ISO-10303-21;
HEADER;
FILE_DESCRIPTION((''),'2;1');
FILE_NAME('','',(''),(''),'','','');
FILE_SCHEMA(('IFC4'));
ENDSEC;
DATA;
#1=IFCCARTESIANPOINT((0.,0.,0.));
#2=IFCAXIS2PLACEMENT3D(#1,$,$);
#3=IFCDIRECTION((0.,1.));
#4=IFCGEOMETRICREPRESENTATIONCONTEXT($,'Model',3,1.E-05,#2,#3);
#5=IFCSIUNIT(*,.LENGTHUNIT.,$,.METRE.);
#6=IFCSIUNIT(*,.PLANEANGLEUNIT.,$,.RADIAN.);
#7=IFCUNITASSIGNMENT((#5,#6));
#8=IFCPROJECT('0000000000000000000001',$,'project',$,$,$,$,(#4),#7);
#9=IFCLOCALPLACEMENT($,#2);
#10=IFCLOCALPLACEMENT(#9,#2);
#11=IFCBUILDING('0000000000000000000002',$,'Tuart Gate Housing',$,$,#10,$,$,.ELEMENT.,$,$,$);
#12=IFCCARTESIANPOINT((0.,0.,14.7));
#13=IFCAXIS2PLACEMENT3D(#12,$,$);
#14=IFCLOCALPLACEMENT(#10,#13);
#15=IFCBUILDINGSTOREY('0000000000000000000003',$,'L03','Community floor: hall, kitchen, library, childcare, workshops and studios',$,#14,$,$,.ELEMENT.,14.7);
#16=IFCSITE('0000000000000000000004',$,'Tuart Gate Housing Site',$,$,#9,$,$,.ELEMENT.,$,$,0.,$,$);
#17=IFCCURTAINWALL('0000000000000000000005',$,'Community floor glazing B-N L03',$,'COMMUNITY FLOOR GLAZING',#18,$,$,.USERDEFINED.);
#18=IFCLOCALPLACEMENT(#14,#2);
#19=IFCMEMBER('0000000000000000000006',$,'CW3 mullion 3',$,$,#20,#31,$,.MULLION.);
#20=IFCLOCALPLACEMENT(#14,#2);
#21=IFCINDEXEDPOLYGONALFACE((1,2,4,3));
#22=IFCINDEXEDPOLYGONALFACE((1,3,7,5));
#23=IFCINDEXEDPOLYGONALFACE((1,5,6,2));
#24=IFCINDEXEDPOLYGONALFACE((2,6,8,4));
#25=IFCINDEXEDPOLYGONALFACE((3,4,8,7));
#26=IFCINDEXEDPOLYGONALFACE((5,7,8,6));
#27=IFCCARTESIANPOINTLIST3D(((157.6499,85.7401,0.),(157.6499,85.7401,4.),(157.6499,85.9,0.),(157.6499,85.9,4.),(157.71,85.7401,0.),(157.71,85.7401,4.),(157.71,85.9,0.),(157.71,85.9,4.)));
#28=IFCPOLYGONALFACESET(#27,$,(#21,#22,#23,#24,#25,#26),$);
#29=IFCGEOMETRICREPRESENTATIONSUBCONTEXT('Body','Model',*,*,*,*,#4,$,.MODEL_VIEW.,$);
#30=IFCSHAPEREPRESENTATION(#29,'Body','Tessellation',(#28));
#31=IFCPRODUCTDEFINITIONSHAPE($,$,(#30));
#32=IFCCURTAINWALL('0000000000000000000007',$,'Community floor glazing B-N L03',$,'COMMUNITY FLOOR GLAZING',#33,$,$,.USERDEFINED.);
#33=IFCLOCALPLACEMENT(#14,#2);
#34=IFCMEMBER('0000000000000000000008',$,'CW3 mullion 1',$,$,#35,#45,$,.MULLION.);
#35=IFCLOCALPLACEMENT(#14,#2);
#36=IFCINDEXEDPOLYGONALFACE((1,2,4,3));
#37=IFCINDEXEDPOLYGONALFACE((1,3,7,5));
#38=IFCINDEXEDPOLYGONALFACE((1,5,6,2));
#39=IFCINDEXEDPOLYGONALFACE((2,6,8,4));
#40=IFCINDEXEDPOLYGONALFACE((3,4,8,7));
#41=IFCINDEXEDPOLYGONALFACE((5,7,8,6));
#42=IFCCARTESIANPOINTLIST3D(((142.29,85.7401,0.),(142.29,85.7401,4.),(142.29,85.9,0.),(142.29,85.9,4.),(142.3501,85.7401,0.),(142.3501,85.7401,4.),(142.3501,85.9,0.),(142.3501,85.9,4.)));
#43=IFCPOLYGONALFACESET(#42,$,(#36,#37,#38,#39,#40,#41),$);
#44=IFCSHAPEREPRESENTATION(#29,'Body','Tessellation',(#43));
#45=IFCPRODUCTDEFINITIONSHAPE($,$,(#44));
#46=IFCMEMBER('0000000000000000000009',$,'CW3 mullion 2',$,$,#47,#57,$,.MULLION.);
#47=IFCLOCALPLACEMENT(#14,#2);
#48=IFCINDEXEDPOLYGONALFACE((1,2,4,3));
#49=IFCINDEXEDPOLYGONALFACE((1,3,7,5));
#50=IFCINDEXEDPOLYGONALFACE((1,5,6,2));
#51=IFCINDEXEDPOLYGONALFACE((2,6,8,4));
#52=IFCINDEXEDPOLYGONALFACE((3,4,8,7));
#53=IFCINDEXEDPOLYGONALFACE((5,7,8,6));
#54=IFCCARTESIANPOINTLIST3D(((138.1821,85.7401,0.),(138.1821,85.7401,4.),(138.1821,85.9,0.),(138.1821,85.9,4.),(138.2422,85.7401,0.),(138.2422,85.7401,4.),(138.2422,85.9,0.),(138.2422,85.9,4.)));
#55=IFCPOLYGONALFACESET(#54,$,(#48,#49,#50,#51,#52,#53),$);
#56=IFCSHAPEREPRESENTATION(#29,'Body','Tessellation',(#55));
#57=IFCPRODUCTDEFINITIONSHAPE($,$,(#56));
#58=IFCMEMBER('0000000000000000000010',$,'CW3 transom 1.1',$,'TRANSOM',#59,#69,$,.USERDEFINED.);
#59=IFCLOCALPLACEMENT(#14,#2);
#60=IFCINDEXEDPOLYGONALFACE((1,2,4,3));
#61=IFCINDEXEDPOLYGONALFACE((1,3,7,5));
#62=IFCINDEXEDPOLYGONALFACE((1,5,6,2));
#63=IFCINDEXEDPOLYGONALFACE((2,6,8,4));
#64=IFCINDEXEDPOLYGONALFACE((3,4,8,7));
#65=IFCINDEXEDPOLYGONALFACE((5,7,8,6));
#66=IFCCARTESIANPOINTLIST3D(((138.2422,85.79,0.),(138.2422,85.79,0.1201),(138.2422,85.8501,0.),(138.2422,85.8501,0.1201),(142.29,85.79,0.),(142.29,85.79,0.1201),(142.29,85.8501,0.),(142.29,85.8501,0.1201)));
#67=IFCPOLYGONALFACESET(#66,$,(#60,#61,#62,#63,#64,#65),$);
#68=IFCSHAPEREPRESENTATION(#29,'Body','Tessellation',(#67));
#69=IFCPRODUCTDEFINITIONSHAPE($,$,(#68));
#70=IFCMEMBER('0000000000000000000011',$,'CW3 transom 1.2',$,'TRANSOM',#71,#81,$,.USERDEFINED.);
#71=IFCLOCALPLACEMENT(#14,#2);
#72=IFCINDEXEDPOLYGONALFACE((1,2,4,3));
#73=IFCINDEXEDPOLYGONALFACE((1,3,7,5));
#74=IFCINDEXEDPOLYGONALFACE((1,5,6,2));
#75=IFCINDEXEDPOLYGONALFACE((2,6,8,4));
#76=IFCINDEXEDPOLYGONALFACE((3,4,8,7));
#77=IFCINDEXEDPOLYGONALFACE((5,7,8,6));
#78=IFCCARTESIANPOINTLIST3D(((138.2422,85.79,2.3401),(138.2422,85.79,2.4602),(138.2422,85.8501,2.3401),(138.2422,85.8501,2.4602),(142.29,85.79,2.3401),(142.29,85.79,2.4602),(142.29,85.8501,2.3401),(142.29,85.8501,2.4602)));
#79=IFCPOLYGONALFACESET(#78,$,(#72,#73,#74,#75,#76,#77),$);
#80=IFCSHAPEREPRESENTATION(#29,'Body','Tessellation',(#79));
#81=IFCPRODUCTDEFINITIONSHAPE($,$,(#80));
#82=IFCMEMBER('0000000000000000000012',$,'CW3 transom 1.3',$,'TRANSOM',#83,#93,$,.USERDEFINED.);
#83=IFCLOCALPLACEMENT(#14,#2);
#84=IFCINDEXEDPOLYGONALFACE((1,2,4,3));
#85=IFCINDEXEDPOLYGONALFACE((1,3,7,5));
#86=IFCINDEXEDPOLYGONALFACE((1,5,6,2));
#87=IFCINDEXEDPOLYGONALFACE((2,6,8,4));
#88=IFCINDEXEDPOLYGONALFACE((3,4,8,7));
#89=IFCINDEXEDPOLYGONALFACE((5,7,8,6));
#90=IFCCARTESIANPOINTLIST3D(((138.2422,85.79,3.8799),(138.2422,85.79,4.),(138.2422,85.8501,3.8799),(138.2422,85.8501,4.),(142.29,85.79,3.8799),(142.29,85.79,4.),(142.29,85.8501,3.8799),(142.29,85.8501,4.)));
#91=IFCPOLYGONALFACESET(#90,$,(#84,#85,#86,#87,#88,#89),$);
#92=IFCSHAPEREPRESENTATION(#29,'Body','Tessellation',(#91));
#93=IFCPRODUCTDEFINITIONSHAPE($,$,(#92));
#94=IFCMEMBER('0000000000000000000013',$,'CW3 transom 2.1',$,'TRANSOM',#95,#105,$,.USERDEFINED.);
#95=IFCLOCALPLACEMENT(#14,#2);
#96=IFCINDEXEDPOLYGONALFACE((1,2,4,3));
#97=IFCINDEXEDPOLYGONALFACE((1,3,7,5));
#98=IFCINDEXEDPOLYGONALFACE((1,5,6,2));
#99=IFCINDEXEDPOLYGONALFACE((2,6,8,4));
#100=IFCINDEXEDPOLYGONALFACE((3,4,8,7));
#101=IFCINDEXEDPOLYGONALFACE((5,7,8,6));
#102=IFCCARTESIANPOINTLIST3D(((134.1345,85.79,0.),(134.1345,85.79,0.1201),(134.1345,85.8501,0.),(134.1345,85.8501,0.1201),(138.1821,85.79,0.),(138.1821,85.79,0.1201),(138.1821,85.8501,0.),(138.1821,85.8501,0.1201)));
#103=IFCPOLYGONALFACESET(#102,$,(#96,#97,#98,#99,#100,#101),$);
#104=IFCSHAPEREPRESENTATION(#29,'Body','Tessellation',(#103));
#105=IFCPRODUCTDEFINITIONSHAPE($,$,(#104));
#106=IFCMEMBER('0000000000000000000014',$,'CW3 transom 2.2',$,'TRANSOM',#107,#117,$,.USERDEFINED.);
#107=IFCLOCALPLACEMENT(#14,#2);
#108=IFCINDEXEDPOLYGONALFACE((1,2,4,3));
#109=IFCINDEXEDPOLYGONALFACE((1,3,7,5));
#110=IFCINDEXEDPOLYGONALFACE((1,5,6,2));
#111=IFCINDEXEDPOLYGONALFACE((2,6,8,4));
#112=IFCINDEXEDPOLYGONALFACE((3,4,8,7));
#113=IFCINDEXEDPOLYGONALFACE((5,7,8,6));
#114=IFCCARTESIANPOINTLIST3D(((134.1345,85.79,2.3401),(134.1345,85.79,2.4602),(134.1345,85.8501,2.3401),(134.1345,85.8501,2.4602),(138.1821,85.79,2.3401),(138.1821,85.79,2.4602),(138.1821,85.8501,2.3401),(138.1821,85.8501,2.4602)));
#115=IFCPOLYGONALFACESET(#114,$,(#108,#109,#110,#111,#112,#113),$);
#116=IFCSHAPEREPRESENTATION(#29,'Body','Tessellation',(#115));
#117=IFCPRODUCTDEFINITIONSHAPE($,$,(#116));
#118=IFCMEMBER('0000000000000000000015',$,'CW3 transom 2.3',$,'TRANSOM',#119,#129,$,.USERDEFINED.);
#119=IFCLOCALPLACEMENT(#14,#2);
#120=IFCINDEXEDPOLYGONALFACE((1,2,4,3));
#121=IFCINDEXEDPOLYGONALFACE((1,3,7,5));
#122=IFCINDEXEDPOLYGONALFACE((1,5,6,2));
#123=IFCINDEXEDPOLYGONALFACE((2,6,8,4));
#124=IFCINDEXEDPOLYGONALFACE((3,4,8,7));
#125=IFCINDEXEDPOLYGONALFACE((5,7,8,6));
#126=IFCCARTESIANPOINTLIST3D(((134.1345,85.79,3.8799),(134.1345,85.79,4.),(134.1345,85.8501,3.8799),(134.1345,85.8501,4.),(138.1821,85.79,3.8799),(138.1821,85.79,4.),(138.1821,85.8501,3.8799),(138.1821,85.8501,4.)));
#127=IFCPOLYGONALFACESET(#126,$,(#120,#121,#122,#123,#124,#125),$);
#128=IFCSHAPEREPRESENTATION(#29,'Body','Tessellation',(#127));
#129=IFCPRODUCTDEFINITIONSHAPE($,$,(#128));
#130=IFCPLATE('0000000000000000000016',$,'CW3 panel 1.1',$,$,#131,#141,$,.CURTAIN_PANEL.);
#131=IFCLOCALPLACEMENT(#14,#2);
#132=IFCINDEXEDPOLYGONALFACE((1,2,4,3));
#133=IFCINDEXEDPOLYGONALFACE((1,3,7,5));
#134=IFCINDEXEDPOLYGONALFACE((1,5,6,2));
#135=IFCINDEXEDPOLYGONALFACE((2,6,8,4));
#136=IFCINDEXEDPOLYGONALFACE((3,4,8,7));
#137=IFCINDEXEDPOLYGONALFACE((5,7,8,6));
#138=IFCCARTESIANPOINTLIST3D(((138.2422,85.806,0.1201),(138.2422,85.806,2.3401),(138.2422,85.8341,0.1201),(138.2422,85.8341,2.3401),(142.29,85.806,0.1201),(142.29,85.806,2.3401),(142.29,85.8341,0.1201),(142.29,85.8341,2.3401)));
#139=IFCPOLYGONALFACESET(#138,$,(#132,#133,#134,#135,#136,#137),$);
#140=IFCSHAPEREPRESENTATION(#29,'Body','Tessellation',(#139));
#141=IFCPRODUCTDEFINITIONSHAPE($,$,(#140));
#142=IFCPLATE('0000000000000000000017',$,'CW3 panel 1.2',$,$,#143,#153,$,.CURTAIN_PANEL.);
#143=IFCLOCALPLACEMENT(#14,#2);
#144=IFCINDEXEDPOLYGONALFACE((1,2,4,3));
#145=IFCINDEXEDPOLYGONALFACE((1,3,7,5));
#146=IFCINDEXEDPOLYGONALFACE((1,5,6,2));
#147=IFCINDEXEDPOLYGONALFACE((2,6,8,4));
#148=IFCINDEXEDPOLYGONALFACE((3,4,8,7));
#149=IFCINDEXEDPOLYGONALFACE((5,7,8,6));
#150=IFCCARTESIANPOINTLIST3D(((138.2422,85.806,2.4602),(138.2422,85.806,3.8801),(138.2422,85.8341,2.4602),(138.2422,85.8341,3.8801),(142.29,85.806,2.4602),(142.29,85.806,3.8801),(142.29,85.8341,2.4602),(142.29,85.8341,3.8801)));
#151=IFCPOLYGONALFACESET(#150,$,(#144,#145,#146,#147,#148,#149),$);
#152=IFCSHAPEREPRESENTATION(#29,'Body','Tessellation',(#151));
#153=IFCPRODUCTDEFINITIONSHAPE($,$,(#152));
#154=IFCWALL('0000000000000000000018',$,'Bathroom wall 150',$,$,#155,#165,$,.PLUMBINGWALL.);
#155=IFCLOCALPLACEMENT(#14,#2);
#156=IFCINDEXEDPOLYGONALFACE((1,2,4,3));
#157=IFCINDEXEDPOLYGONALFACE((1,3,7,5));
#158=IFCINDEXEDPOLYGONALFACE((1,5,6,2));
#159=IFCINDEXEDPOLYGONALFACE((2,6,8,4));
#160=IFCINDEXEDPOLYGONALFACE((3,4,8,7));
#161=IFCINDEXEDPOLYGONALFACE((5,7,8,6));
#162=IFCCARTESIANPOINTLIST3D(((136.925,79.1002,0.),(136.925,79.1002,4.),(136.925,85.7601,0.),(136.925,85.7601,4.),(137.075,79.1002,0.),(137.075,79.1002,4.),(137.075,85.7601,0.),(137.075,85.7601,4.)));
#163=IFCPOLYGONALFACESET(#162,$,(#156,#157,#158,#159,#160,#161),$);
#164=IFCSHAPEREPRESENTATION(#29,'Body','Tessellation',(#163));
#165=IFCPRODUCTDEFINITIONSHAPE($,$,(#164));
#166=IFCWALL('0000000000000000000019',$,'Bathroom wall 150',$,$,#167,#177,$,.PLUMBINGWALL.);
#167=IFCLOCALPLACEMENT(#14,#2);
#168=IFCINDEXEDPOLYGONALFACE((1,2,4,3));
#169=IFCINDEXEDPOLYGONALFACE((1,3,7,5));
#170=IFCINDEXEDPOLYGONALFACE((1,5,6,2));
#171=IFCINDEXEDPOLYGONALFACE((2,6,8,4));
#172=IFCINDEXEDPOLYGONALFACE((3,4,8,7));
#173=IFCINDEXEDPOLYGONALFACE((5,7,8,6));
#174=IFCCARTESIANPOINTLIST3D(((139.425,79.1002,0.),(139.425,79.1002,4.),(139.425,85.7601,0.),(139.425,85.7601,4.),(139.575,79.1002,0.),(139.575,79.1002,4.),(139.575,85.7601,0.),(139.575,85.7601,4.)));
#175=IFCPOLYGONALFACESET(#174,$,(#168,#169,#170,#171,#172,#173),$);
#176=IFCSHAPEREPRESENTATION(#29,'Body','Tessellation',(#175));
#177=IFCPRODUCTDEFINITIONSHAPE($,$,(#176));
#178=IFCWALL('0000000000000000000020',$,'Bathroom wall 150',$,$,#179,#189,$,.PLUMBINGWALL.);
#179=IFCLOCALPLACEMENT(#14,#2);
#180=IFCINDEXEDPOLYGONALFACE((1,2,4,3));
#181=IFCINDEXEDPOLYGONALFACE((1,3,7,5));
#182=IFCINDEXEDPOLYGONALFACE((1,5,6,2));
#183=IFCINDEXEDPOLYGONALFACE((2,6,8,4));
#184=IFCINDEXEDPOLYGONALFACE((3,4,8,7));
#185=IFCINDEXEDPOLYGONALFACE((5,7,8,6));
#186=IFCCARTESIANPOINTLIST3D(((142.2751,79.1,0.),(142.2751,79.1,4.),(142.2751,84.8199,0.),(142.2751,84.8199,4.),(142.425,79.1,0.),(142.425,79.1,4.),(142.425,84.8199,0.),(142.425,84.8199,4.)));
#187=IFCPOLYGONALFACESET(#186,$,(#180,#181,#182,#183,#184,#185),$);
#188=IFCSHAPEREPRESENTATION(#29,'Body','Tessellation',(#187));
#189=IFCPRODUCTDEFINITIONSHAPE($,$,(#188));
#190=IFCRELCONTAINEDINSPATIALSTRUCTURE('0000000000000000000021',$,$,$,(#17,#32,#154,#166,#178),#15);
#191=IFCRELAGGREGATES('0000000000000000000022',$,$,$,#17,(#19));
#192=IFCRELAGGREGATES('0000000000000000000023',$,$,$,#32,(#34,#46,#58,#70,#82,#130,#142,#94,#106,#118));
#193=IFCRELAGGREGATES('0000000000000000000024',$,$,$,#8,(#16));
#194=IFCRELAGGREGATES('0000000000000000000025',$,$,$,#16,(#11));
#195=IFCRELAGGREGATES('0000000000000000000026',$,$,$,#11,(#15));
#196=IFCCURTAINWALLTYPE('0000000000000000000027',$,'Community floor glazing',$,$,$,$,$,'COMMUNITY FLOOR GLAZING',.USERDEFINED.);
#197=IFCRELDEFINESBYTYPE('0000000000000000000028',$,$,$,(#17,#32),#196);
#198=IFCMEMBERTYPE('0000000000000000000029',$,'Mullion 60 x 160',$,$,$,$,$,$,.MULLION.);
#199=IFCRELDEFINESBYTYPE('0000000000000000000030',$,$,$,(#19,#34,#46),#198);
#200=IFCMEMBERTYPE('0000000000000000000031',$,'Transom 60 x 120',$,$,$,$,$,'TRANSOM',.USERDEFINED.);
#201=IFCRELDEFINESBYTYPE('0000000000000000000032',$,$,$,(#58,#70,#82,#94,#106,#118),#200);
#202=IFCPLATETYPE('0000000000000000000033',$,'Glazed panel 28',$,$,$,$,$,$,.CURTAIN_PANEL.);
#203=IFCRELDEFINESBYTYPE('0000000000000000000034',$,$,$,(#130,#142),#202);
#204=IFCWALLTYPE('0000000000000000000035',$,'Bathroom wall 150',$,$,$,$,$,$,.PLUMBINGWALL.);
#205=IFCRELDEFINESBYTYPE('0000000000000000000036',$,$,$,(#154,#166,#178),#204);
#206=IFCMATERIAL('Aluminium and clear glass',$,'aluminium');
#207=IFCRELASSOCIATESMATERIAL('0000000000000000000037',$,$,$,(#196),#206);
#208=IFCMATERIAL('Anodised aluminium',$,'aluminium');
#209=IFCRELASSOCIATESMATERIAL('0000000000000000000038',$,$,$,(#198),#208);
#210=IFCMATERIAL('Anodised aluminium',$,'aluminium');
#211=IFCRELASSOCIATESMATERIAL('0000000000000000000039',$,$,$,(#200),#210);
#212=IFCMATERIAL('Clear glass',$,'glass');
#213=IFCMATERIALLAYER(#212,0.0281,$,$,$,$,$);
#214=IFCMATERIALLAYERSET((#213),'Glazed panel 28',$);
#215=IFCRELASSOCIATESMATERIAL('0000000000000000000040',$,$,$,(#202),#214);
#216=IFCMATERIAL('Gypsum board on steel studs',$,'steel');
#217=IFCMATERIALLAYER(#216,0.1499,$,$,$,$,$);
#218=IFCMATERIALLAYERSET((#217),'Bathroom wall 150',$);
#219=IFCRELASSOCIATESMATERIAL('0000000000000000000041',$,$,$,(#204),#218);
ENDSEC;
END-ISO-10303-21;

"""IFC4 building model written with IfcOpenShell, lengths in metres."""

from ifc_helpers import new_model, si_unit, direction, frame, frame_2d, origin, origin_2d, place, context, subcontext, project, spatial, rectangle, extrude, material, layer, layer_set, material_profile, profile_set, type_object, element, aggregate, save


model = new_model("IFC4")

# Units and contexts
model_context = context("Model", 3, precision=1e-05, world=origin(), true_north=direction((0.0, 1.0)))
body_context = subcontext(model_context, "Body", "Model", "MODEL_VIEW")
ifc_project = project(units=[si_unit("LENGTHUNIT", "METRE"), si_unit("PLANEANGLEUNIT", "RADIAN")], contexts=[model_context])

# Site, building, storey
site_placement = place(None, origin())
site = spatial("IfcSite", under=ifc_project, at=site_placement, Name="Tuart Gate Housing Site", CompositionType="ELEMENT", RefElevation=0.0)
building_placement = place(site_placement, origin())
building = spatial("IfcBuilding", under=site, at=building_placement, Name="Tuart Gate Housing", CompositionType="ELEMENT")
storey_placement = place(building_placement, frame((0.0, 0.0, 14.7)))
storey = spatial("IfcBuildingStorey", under=building, at=storey_placement, Name="L03", Description="Community floor: hall, kitchen, library, childcare, workshops and studios", CompositionType="ELEMENT", Elevation=14.7)

# Curtain wall, member
ifc_material_1 = material(Name="Aluminium and clear glass", Category="aluminium")
curtain_wall_type = type_object("IfcCurtainWallType", Name="Community floor glazing", ElementType="COMMUNITY FLOOR GLAZING", PredefinedType="USERDEFINED", material=ifc_material_1)
curtain_wall_1_placement = place(storey_placement, origin())
curtain_wall_1 = element("IfcCurtainWall", 1, at=curtain_wall_1_placement, inside=storey, type_object=curtain_wall_type, Name="Community floor glazing B-N L03", ObjectType="COMMUNITY FLOOR GLAZING", PredefinedType="USERDEFINED")
ifc_material_2 = material(Name="Anodised aluminium", Category="aluminium")
ifc_material_profile_1 = material_profile(ifc_material_2, rectangle(XDim=0.0601, YDim=0.1599, at=origin_2d()), Name="60x160")
ifc_profile_set_1 = profile_set([ifc_material_profile_1], Name="Anodised aluminium")
member_type_1 = type_object("IfcMemberType", Name="Mullion 60 x 160", PredefinedType="MULLION", material=ifc_profile_set_1)
member_1_placement = place(storey_placement, frame((157.6799, 85.8201, 0.0), z_axis=(0.0, 0.0, 1.0), x_axis=(-1.0, 0.0, 0.0)))
member_1 = element("IfcMember", 2, at=member_1_placement, type_object=member_type_1, Name="CW3 mullion 3", PredefinedType="MULLION", context=body_context, shape_type="SweptSolid", body=[
    extrude(rectangle(XDim=0.0601, YDim=0.1599, at=origin_2d()), origin(), (0.0, 0.0, 1.0), 4.0),
])
aggregate(curtain_wall_1, [member_1])

# Curtain wall, members, plates
curtain_wall_2_placement = place(storey_placement, origin())
curtain_wall_2 = element("IfcCurtainWall", 3, at=curtain_wall_2_placement, inside=storey, type_object=curtain_wall_type, Name="Community floor glazing B-N L03", ObjectType="COMMUNITY FLOOR GLAZING", PredefinedType="USERDEFINED")
member_2_placement = place(storey_placement, frame((142.3201, 85.8201, 0.0), z_axis=(0.0, 0.0, 1.0), x_axis=(-1.0, 0.0, 0.0)))
member_2 = element("IfcMember", 4, at=member_2_placement, type_object=member_type_1, Name="CW3 mullion 1", PredefinedType="MULLION", context=body_context, shape_type="SweptSolid", body=[
    extrude(rectangle(XDim=0.0601, YDim=0.1599, at=origin_2d()), origin(), (0.0, 0.0, 1.0), 4.0),
])
member_3_placement = place(storey_placement, frame((138.2122, 85.8201, 0.0), z_axis=(0.0, 0.0, 1.0), x_axis=(-1.0, 0.0, 0.0)))
member_3 = element("IfcMember", 5, at=member_3_placement, type_object=member_type_1, Name="CW3 mullion 2", PredefinedType="MULLION", context=body_context, shape_type="SweptSolid", body=[
    extrude(rectangle(XDim=0.0601, YDim=0.1599, at=origin_2d()), origin(), (0.0, 0.0, 1.0), 4.0),
])
ifc_material_3 = material(Name="Anodised aluminium", Category="aluminium")
ifc_material_profile_2 = material_profile(ifc_material_3, rectangle(XDim=0.0601, YDim=0.1201, at=origin_2d()), Name="60x120")
ifc_profile_set_2 = profile_set([ifc_material_profile_2], Name="Anodised aluminium")
member_type_2 = type_object("IfcMemberType", Name="Transom 60 x 120", ElementType="TRANSOM", PredefinedType="USERDEFINED", material=ifc_profile_set_2)
member_4_placement = place(storey_placement, frame((142.29, 85.8201, 0.0601), z_axis=(-1.0, 0.0, 0.0), x_axis=(0.0, -1.0, 0.0)))
member_4 = element("IfcMember", 6, at=member_4_placement, type_object=member_type_2, Name="CW3 transom 1.1", ObjectType="TRANSOM", PredefinedType="USERDEFINED", context=body_context, shape_type="SweptSolid", body=[
    extrude(rectangle(XDim=0.0601, YDim=0.1201, at=origin_2d()), origin(), (0.0, 0.0, 1.0), 4.0479),
])
member_5_placement = place(storey_placement, frame((142.29, 85.8201, 2.4001), z_axis=(-1.0, 0.0, 0.0), x_axis=(0.0, -1.0, 0.0)))
member_5 = element("IfcMember", 7, at=member_5_placement, type_object=member_type_2, Name="CW3 transom 1.2", ObjectType="TRANSOM", PredefinedType="USERDEFINED", context=body_context, shape_type="SweptSolid", body=[
    extrude(rectangle(XDim=0.0601, YDim=0.1201, at=origin_2d()), origin(), (0.0, 0.0, 1.0), 4.0479),
])
member_6_placement = place(storey_placement, frame((142.29, 85.8201, 3.9399), z_axis=(-1.0, 0.0, 0.0), x_axis=(0.0, -1.0, 0.0)))
member_6 = element("IfcMember", 8, at=member_6_placement, type_object=member_type_2, Name="CW3 transom 1.3", ObjectType="TRANSOM", PredefinedType="USERDEFINED", context=body_context, shape_type="SweptSolid", body=[
    extrude(rectangle(XDim=0.0601, YDim=0.1201, at=origin_2d()), origin(), (0.0, 0.0, 1.0), 4.0479),
])
member_7_placement = place(storey_placement, frame((138.1821, 85.8201, 0.0601), z_axis=(-1.0, 0.0, 0.0), x_axis=(0.0, -1.0, 0.0)))
member_7 = element("IfcMember", 9, at=member_7_placement, type_object=member_type_2, Name="CW3 transom 2.1", ObjectType="TRANSOM", PredefinedType="USERDEFINED", context=body_context, shape_type="SweptSolid", body=[
    extrude(rectangle(XDim=0.0601, YDim=0.1201, at=origin_2d()), origin(), (0.0, 0.0, 1.0), 4.0476),
])
member_8_placement = place(storey_placement, frame((138.1821, 85.8201, 2.4001), z_axis=(-1.0, 0.0, 0.0), x_axis=(0.0, -1.0, 0.0)))
member_8 = element("IfcMember", 10, at=member_8_placement, type_object=member_type_2, Name="CW3 transom 2.2", ObjectType="TRANSOM", PredefinedType="USERDEFINED", context=body_context, shape_type="SweptSolid", body=[
    extrude(rectangle(XDim=0.0601, YDim=0.1201, at=origin_2d()), origin(), (0.0, 0.0, 1.0), 4.0476),
])
member_9_placement = place(storey_placement, frame((138.1821, 85.8201, 3.9399), z_axis=(-1.0, 0.0, 0.0), x_axis=(0.0, -1.0, 0.0)))
member_9 = element("IfcMember", 11, at=member_9_placement, type_object=member_type_2, Name="CW3 transom 2.3", ObjectType="TRANSOM", PredefinedType="USERDEFINED", context=body_context, shape_type="SweptSolid", body=[
    extrude(rectangle(XDim=0.0601, YDim=0.1201, at=origin_2d()), origin(), (0.0, 0.0, 1.0), 4.0476),
])
ifc_material_4 = material(Name="Clear glass", Category="glass")
ifc_layer_1 = layer(ifc_material_4, 0.0281)
ifc_layer_set_1 = layer_set([ifc_layer_1], Name="Glazed panel 28")
plate_type = type_object("IfcPlateType", Name="Glazed panel 28", PredefinedType="CURTAIN_PANEL", material=ifc_layer_set_1)
plate_1_placement = place(storey_placement, frame((140.2661, 85.8201, 0.1201), z_axis=(0.0, 0.0, 1.0), x_axis=(-1.0, 0.0, 0.0)))
plate_1 = element("IfcPlate", 12, at=plate_1_placement, type_object=plate_type, Name="CW3 panel 1.1", PredefinedType="CURTAIN_PANEL", context=body_context, shape_type="SweptSolid", body=[
    extrude(rectangle(XDim=4.0479, YDim=0.0281, at=origin_2d()), origin(), (0.0, 0.0, 1.0), 2.22),
])
plate_2_placement = place(storey_placement, frame((140.2661, 85.8201, 2.4602), z_axis=(0.0, 0.0, 1.0), x_axis=(-1.0, 0.0, 0.0)))
plate_2 = element("IfcPlate", 13, at=plate_2_placement, type_object=plate_type, Name="CW3 panel 1.2", PredefinedType="CURTAIN_PANEL", context=body_context, shape_type="SweptSolid", body=[
    extrude(rectangle(XDim=4.0479, YDim=0.0281, at=origin_2d()), origin(), (0.0, 0.0, 1.0), 1.4199),
])
aggregate(curtain_wall_2, [member_2, member_3, member_4, member_5, member_6, plate_1, plate_2, member_7, member_8, member_9])

# Walls
ifc_material_5 = material(Name="Gypsum board on steel studs", Category="steel")
ifc_layer_2 = layer(ifc_material_5, 0.1499)
ifc_layer_set_2 = layer_set([ifc_layer_2], Name="Bathroom wall 150")
wall_type_1 = type_object("IfcWallType", Name="Bathroom wall 150", PredefinedType="PLUMBINGWALL", material=ifc_layer_set_2)
for number, where, z_axis, x_axis, name in (
    (14, (137.0, 79.1001, 0.0), (0.0, 0.0, 1.0), (0.0, 1.0, 0.0), "Bathroom wall 150"),
    (15, (139.5, 79.1001, 0.0), (0.0, 0.0, 1.0), (0.0, 1.0, 0.0), "Bathroom wall 150"),
):
    element("IfcWall", number, at=place(storey_placement, frame(where, z_axis=z_axis, x_axis=x_axis)), inside=storey, type_object=wall_type_1, Name=name, PredefinedType="PLUMBINGWALL", context=body_context, shape_type="SweptSolid", body=[
        extrude(rectangle(XDim=6.6599, YDim=0.1499, at=frame_2d((3.3301, 0.0))), origin(), (0.0, 0.0, 1.0), 4.0),
    ])
wall_1_placement = place(storey_placement, frame((142.3501, 79.1001, 0.0), z_axis=(0.0, 0.0, 1.0), x_axis=(0.0, 1.0, 0.0)))
element("IfcWall", 16, at=wall_1_placement, inside=storey, type_object=wall_type_1, Name="Bathroom wall 150", PredefinedType="PLUMBINGWALL", context=body_context, shape_type="SweptSolid", body=[
    extrude(rectangle(XDim=5.72, YDim=0.1499, at=frame_2d((2.8599, 0.0))), origin(), (0.0, 0.0, 1.0), 4.0),
])

save(model, "model.ifc")
